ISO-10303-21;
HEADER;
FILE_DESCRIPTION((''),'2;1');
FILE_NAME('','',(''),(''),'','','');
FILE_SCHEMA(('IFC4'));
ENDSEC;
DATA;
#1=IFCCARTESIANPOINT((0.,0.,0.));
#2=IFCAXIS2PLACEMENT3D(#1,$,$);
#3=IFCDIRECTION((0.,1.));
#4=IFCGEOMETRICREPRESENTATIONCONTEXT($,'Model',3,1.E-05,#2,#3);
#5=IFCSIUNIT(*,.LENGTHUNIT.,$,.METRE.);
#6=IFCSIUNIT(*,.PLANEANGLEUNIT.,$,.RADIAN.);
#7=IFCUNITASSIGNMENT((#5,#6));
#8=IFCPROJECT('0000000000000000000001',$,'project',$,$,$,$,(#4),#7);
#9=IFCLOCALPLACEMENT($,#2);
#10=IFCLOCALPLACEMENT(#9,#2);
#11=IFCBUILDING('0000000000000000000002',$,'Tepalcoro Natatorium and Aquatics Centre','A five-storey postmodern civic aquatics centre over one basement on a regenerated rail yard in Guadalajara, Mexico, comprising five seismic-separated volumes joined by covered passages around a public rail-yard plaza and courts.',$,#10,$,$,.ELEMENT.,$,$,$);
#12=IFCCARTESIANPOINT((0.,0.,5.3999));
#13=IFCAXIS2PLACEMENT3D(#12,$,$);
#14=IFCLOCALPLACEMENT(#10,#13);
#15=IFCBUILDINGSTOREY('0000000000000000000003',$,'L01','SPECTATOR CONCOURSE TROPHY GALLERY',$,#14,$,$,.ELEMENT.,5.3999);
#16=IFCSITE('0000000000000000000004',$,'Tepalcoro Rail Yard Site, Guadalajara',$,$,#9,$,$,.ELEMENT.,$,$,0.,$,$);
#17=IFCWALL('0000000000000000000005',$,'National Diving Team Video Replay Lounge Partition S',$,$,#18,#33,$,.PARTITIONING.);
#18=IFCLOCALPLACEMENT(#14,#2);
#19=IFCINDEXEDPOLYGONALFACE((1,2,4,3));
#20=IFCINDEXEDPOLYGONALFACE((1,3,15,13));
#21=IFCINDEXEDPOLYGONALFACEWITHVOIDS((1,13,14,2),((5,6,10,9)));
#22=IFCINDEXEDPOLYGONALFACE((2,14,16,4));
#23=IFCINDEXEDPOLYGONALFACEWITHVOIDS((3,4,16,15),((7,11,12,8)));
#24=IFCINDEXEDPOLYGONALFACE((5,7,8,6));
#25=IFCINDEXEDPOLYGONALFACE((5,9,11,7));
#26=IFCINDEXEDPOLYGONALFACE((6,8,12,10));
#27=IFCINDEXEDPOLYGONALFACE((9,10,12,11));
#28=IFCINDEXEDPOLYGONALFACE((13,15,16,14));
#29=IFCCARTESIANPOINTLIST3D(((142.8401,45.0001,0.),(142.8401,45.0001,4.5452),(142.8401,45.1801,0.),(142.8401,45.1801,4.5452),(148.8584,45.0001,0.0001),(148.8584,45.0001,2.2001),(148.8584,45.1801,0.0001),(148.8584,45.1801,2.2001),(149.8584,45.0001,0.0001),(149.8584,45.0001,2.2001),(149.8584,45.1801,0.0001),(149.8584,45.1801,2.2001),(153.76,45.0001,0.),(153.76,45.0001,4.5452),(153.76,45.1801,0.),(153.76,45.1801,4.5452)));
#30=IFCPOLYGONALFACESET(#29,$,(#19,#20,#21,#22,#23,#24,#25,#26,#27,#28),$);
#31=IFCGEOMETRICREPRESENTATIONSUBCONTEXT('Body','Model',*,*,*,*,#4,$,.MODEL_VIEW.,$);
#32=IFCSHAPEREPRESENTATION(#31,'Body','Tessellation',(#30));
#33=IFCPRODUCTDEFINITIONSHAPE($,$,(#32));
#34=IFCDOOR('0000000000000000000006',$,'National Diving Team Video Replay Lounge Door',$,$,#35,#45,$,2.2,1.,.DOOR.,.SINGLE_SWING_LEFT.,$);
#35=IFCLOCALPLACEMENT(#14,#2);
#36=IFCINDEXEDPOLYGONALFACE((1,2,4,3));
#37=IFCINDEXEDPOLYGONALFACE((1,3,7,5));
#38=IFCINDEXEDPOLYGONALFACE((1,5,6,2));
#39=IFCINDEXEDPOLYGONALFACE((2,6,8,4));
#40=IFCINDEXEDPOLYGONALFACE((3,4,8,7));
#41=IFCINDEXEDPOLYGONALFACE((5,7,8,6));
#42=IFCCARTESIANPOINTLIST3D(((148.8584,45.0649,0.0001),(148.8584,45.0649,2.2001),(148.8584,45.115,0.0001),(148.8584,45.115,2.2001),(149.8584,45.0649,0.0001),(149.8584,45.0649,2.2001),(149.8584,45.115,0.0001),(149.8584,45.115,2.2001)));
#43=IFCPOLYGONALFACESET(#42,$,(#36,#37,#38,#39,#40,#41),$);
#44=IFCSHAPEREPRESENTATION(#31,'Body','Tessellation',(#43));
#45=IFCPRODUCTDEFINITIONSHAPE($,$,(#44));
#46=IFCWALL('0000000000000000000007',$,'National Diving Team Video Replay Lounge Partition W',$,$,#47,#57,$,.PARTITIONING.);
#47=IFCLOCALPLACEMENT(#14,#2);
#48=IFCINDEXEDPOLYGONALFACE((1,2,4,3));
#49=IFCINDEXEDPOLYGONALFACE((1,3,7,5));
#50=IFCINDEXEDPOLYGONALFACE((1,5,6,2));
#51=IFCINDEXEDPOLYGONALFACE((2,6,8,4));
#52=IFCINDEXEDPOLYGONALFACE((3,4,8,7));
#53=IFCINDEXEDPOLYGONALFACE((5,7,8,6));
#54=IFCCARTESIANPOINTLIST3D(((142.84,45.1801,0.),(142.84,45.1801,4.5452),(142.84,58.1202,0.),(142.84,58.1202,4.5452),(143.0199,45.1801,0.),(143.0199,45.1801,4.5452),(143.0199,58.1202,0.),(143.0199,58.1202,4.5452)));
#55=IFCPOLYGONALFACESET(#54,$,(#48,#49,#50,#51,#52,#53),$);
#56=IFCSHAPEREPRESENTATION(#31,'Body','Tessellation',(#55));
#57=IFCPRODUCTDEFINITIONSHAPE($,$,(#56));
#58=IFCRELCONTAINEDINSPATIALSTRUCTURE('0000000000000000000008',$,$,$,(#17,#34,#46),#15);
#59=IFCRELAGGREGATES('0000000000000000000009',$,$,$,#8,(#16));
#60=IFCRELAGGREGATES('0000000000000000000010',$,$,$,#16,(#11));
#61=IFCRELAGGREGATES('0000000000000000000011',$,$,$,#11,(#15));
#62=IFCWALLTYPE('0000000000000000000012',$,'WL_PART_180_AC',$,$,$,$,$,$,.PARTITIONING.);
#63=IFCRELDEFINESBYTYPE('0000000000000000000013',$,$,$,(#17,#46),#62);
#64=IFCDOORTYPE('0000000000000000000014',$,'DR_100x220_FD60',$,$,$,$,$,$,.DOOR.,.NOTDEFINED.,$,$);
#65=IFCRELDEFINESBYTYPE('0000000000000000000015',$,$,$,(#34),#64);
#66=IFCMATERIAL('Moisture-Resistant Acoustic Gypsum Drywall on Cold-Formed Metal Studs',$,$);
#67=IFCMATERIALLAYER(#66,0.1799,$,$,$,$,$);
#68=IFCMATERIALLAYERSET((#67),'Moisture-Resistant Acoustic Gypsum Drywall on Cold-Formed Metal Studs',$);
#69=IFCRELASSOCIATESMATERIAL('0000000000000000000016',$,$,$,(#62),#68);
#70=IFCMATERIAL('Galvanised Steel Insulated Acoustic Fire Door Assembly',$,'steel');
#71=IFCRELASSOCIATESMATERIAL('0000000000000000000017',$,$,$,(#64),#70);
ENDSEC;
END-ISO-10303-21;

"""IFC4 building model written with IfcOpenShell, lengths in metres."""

from ifc_helpers import new_model, si_unit, direction, frame, frame_2d, origin, place, context, subcontext, project, spatial, rectangle, extrude, material, layer, layer_set, type_object, element, fill, save


model = new_model("IFC4")

# Units and contexts
model_context = context("Model", 3, precision=1e-05, world=origin(), true_north=direction((0.0, 1.0)))
body_context = subcontext(model_context, "Body", "Model", "MODEL_VIEW")
ifc_project = project(units=[si_unit("LENGTHUNIT", "METRE"), si_unit("PLANEANGLEUNIT", "RADIAN")], contexts=[model_context])

# Site, building, storey
site_placement = place(None, origin())
site = spatial("IfcSite", under=ifc_project, at=site_placement, Name="Tepalcoro Rail Yard Site, Guadalajara", CompositionType="ELEMENT", RefElevation=0.0)
building_placement = place(site_placement, origin())
building = spatial("IfcBuilding", under=site, at=building_placement, Name="Tepalcoro Natatorium and Aquatics Centre", Description="A five-storey postmodern civic aquatics centre over one basement on a regenerated rail yard in Guadalajara, Mexico, comprising five seismic-separated volumes joined by covered passages around a public rail-yard plaza and courts.", CompositionType="ELEMENT")
storey_placement = place(building_placement, frame((0.0, 0.0, 5.3999)))
storey = spatial("IfcBuildingStorey", under=building, at=storey_placement, Name="L01", Description="SPECTATOR CONCOURSE TROPHY GALLERY", CompositionType="ELEMENT", Elevation=5.3999)

# Shared definitions
ifc_material_1 = material(Name="Moisture-Resistant Acoustic Gypsum Drywall on Cold-Formed Metal Studs")

# Wall, opening, door
ifc_layer_1 = layer(ifc_material_1, 0.1799)
ifc_layer_set_1 = layer_set([ifc_layer_1], Name="Moisture-Resistant Acoustic Gypsum Drywall on Cold-Formed Metal Studs")
wall_type_1 = type_object("IfcWallType", Name="WL_PART_180_AC", PredefinedType="PARTITIONING", material=ifc_layer_set_1)
wall_1_placement = place(storey_placement, frame((142.8401, 45.0901, 0.0), z_axis=(0.0, 0.0, 1.0), x_axis=(1.0, 0.0, 0.0)))
wall_1 = element("IfcWall", 1, at=wall_1_placement, inside=storey, type_object=wall_type_1, Name="National Diving Team Video Replay Lounge Partition S", PredefinedType="PARTITIONING", context=body_context, shape_type="SweptSolid", body=[
    extrude(rectangle(XDim=10.9199, YDim=0.1799, at=frame_2d((5.46, 0.0))), origin(), (0.0, 0.0, 1.0), 4.5452),
])
opening_1_placement = place(wall_1_placement, frame((6.0183, 0.0, 0.0)))
opening_1 = element("IfcOpeningElement", 2, at=opening_1_placement, cuts=wall_1, PredefinedType="OPENING", context=body_context, shape_type="SweptSolid", body=[
    extrude(rectangle(XDim=1.0, YDim=2.2, at=frame_2d((0.5, 1.1001))), frame((0.0, 0.1021, 0.0), z_axis=(0.0, -1.0, 0.0), x_axis=(1.0, 0.0, 0.0)), (0.0, 0.0, 1.0), 0.2039),
])
ifc_material_2 = material(Name="Galvanised Steel Insulated Acoustic Fire Door Assembly", Category="steel")
door_type_1 = type_object("IfcDoorType", Name="DR_100x220_FD60", OperationType="NOTDEFINED", PredefinedType="DOOR", material=ifc_material_2)
door_1_placement = place(opening_1_placement, origin())
door_1 = element("IfcDoor", 3, at=door_1_placement, inside=storey, type_object=door_type_1, Name="National Diving Team Video Replay Lounge Door", OperationType="SINGLE_SWING_LEFT", OverallHeight=2.2, OverallWidth=1.0, PredefinedType="DOOR", context=body_context, shape_type="SweptSolid", body=[
    extrude(rectangle(XDim=1.0, YDim=2.2, at=frame_2d((0.5, 1.1001))), frame((0.0, 0.0249, 0.0), z_axis=(0.0, -1.0, 0.0), x_axis=(1.0, 0.0, 0.0)), (0.0, 0.0, 1.0), 0.05),
])
fill(opening_1, door_1)

# Wall
wall_2_placement = place(storey_placement, frame((142.9299, 45.1799, 0.0), z_axis=(0.0, 0.0, 1.0), x_axis=(0.0, 1.0, 0.0)))
element("IfcWall", 4, at=wall_2_placement, inside=storey, type_object=wall_type_1, Name="National Diving Team Video Replay Lounge Partition W", PredefinedType="PARTITIONING", context=body_context, shape_type="SweptSolid", body=[
    extrude(rectangle(XDim=12.9402, YDim=0.1799, at=frame_2d((6.4702, 0.0))), origin(), (0.0, 0.0, 1.0), 4.5452),
])

save(model, "model.ifc")
